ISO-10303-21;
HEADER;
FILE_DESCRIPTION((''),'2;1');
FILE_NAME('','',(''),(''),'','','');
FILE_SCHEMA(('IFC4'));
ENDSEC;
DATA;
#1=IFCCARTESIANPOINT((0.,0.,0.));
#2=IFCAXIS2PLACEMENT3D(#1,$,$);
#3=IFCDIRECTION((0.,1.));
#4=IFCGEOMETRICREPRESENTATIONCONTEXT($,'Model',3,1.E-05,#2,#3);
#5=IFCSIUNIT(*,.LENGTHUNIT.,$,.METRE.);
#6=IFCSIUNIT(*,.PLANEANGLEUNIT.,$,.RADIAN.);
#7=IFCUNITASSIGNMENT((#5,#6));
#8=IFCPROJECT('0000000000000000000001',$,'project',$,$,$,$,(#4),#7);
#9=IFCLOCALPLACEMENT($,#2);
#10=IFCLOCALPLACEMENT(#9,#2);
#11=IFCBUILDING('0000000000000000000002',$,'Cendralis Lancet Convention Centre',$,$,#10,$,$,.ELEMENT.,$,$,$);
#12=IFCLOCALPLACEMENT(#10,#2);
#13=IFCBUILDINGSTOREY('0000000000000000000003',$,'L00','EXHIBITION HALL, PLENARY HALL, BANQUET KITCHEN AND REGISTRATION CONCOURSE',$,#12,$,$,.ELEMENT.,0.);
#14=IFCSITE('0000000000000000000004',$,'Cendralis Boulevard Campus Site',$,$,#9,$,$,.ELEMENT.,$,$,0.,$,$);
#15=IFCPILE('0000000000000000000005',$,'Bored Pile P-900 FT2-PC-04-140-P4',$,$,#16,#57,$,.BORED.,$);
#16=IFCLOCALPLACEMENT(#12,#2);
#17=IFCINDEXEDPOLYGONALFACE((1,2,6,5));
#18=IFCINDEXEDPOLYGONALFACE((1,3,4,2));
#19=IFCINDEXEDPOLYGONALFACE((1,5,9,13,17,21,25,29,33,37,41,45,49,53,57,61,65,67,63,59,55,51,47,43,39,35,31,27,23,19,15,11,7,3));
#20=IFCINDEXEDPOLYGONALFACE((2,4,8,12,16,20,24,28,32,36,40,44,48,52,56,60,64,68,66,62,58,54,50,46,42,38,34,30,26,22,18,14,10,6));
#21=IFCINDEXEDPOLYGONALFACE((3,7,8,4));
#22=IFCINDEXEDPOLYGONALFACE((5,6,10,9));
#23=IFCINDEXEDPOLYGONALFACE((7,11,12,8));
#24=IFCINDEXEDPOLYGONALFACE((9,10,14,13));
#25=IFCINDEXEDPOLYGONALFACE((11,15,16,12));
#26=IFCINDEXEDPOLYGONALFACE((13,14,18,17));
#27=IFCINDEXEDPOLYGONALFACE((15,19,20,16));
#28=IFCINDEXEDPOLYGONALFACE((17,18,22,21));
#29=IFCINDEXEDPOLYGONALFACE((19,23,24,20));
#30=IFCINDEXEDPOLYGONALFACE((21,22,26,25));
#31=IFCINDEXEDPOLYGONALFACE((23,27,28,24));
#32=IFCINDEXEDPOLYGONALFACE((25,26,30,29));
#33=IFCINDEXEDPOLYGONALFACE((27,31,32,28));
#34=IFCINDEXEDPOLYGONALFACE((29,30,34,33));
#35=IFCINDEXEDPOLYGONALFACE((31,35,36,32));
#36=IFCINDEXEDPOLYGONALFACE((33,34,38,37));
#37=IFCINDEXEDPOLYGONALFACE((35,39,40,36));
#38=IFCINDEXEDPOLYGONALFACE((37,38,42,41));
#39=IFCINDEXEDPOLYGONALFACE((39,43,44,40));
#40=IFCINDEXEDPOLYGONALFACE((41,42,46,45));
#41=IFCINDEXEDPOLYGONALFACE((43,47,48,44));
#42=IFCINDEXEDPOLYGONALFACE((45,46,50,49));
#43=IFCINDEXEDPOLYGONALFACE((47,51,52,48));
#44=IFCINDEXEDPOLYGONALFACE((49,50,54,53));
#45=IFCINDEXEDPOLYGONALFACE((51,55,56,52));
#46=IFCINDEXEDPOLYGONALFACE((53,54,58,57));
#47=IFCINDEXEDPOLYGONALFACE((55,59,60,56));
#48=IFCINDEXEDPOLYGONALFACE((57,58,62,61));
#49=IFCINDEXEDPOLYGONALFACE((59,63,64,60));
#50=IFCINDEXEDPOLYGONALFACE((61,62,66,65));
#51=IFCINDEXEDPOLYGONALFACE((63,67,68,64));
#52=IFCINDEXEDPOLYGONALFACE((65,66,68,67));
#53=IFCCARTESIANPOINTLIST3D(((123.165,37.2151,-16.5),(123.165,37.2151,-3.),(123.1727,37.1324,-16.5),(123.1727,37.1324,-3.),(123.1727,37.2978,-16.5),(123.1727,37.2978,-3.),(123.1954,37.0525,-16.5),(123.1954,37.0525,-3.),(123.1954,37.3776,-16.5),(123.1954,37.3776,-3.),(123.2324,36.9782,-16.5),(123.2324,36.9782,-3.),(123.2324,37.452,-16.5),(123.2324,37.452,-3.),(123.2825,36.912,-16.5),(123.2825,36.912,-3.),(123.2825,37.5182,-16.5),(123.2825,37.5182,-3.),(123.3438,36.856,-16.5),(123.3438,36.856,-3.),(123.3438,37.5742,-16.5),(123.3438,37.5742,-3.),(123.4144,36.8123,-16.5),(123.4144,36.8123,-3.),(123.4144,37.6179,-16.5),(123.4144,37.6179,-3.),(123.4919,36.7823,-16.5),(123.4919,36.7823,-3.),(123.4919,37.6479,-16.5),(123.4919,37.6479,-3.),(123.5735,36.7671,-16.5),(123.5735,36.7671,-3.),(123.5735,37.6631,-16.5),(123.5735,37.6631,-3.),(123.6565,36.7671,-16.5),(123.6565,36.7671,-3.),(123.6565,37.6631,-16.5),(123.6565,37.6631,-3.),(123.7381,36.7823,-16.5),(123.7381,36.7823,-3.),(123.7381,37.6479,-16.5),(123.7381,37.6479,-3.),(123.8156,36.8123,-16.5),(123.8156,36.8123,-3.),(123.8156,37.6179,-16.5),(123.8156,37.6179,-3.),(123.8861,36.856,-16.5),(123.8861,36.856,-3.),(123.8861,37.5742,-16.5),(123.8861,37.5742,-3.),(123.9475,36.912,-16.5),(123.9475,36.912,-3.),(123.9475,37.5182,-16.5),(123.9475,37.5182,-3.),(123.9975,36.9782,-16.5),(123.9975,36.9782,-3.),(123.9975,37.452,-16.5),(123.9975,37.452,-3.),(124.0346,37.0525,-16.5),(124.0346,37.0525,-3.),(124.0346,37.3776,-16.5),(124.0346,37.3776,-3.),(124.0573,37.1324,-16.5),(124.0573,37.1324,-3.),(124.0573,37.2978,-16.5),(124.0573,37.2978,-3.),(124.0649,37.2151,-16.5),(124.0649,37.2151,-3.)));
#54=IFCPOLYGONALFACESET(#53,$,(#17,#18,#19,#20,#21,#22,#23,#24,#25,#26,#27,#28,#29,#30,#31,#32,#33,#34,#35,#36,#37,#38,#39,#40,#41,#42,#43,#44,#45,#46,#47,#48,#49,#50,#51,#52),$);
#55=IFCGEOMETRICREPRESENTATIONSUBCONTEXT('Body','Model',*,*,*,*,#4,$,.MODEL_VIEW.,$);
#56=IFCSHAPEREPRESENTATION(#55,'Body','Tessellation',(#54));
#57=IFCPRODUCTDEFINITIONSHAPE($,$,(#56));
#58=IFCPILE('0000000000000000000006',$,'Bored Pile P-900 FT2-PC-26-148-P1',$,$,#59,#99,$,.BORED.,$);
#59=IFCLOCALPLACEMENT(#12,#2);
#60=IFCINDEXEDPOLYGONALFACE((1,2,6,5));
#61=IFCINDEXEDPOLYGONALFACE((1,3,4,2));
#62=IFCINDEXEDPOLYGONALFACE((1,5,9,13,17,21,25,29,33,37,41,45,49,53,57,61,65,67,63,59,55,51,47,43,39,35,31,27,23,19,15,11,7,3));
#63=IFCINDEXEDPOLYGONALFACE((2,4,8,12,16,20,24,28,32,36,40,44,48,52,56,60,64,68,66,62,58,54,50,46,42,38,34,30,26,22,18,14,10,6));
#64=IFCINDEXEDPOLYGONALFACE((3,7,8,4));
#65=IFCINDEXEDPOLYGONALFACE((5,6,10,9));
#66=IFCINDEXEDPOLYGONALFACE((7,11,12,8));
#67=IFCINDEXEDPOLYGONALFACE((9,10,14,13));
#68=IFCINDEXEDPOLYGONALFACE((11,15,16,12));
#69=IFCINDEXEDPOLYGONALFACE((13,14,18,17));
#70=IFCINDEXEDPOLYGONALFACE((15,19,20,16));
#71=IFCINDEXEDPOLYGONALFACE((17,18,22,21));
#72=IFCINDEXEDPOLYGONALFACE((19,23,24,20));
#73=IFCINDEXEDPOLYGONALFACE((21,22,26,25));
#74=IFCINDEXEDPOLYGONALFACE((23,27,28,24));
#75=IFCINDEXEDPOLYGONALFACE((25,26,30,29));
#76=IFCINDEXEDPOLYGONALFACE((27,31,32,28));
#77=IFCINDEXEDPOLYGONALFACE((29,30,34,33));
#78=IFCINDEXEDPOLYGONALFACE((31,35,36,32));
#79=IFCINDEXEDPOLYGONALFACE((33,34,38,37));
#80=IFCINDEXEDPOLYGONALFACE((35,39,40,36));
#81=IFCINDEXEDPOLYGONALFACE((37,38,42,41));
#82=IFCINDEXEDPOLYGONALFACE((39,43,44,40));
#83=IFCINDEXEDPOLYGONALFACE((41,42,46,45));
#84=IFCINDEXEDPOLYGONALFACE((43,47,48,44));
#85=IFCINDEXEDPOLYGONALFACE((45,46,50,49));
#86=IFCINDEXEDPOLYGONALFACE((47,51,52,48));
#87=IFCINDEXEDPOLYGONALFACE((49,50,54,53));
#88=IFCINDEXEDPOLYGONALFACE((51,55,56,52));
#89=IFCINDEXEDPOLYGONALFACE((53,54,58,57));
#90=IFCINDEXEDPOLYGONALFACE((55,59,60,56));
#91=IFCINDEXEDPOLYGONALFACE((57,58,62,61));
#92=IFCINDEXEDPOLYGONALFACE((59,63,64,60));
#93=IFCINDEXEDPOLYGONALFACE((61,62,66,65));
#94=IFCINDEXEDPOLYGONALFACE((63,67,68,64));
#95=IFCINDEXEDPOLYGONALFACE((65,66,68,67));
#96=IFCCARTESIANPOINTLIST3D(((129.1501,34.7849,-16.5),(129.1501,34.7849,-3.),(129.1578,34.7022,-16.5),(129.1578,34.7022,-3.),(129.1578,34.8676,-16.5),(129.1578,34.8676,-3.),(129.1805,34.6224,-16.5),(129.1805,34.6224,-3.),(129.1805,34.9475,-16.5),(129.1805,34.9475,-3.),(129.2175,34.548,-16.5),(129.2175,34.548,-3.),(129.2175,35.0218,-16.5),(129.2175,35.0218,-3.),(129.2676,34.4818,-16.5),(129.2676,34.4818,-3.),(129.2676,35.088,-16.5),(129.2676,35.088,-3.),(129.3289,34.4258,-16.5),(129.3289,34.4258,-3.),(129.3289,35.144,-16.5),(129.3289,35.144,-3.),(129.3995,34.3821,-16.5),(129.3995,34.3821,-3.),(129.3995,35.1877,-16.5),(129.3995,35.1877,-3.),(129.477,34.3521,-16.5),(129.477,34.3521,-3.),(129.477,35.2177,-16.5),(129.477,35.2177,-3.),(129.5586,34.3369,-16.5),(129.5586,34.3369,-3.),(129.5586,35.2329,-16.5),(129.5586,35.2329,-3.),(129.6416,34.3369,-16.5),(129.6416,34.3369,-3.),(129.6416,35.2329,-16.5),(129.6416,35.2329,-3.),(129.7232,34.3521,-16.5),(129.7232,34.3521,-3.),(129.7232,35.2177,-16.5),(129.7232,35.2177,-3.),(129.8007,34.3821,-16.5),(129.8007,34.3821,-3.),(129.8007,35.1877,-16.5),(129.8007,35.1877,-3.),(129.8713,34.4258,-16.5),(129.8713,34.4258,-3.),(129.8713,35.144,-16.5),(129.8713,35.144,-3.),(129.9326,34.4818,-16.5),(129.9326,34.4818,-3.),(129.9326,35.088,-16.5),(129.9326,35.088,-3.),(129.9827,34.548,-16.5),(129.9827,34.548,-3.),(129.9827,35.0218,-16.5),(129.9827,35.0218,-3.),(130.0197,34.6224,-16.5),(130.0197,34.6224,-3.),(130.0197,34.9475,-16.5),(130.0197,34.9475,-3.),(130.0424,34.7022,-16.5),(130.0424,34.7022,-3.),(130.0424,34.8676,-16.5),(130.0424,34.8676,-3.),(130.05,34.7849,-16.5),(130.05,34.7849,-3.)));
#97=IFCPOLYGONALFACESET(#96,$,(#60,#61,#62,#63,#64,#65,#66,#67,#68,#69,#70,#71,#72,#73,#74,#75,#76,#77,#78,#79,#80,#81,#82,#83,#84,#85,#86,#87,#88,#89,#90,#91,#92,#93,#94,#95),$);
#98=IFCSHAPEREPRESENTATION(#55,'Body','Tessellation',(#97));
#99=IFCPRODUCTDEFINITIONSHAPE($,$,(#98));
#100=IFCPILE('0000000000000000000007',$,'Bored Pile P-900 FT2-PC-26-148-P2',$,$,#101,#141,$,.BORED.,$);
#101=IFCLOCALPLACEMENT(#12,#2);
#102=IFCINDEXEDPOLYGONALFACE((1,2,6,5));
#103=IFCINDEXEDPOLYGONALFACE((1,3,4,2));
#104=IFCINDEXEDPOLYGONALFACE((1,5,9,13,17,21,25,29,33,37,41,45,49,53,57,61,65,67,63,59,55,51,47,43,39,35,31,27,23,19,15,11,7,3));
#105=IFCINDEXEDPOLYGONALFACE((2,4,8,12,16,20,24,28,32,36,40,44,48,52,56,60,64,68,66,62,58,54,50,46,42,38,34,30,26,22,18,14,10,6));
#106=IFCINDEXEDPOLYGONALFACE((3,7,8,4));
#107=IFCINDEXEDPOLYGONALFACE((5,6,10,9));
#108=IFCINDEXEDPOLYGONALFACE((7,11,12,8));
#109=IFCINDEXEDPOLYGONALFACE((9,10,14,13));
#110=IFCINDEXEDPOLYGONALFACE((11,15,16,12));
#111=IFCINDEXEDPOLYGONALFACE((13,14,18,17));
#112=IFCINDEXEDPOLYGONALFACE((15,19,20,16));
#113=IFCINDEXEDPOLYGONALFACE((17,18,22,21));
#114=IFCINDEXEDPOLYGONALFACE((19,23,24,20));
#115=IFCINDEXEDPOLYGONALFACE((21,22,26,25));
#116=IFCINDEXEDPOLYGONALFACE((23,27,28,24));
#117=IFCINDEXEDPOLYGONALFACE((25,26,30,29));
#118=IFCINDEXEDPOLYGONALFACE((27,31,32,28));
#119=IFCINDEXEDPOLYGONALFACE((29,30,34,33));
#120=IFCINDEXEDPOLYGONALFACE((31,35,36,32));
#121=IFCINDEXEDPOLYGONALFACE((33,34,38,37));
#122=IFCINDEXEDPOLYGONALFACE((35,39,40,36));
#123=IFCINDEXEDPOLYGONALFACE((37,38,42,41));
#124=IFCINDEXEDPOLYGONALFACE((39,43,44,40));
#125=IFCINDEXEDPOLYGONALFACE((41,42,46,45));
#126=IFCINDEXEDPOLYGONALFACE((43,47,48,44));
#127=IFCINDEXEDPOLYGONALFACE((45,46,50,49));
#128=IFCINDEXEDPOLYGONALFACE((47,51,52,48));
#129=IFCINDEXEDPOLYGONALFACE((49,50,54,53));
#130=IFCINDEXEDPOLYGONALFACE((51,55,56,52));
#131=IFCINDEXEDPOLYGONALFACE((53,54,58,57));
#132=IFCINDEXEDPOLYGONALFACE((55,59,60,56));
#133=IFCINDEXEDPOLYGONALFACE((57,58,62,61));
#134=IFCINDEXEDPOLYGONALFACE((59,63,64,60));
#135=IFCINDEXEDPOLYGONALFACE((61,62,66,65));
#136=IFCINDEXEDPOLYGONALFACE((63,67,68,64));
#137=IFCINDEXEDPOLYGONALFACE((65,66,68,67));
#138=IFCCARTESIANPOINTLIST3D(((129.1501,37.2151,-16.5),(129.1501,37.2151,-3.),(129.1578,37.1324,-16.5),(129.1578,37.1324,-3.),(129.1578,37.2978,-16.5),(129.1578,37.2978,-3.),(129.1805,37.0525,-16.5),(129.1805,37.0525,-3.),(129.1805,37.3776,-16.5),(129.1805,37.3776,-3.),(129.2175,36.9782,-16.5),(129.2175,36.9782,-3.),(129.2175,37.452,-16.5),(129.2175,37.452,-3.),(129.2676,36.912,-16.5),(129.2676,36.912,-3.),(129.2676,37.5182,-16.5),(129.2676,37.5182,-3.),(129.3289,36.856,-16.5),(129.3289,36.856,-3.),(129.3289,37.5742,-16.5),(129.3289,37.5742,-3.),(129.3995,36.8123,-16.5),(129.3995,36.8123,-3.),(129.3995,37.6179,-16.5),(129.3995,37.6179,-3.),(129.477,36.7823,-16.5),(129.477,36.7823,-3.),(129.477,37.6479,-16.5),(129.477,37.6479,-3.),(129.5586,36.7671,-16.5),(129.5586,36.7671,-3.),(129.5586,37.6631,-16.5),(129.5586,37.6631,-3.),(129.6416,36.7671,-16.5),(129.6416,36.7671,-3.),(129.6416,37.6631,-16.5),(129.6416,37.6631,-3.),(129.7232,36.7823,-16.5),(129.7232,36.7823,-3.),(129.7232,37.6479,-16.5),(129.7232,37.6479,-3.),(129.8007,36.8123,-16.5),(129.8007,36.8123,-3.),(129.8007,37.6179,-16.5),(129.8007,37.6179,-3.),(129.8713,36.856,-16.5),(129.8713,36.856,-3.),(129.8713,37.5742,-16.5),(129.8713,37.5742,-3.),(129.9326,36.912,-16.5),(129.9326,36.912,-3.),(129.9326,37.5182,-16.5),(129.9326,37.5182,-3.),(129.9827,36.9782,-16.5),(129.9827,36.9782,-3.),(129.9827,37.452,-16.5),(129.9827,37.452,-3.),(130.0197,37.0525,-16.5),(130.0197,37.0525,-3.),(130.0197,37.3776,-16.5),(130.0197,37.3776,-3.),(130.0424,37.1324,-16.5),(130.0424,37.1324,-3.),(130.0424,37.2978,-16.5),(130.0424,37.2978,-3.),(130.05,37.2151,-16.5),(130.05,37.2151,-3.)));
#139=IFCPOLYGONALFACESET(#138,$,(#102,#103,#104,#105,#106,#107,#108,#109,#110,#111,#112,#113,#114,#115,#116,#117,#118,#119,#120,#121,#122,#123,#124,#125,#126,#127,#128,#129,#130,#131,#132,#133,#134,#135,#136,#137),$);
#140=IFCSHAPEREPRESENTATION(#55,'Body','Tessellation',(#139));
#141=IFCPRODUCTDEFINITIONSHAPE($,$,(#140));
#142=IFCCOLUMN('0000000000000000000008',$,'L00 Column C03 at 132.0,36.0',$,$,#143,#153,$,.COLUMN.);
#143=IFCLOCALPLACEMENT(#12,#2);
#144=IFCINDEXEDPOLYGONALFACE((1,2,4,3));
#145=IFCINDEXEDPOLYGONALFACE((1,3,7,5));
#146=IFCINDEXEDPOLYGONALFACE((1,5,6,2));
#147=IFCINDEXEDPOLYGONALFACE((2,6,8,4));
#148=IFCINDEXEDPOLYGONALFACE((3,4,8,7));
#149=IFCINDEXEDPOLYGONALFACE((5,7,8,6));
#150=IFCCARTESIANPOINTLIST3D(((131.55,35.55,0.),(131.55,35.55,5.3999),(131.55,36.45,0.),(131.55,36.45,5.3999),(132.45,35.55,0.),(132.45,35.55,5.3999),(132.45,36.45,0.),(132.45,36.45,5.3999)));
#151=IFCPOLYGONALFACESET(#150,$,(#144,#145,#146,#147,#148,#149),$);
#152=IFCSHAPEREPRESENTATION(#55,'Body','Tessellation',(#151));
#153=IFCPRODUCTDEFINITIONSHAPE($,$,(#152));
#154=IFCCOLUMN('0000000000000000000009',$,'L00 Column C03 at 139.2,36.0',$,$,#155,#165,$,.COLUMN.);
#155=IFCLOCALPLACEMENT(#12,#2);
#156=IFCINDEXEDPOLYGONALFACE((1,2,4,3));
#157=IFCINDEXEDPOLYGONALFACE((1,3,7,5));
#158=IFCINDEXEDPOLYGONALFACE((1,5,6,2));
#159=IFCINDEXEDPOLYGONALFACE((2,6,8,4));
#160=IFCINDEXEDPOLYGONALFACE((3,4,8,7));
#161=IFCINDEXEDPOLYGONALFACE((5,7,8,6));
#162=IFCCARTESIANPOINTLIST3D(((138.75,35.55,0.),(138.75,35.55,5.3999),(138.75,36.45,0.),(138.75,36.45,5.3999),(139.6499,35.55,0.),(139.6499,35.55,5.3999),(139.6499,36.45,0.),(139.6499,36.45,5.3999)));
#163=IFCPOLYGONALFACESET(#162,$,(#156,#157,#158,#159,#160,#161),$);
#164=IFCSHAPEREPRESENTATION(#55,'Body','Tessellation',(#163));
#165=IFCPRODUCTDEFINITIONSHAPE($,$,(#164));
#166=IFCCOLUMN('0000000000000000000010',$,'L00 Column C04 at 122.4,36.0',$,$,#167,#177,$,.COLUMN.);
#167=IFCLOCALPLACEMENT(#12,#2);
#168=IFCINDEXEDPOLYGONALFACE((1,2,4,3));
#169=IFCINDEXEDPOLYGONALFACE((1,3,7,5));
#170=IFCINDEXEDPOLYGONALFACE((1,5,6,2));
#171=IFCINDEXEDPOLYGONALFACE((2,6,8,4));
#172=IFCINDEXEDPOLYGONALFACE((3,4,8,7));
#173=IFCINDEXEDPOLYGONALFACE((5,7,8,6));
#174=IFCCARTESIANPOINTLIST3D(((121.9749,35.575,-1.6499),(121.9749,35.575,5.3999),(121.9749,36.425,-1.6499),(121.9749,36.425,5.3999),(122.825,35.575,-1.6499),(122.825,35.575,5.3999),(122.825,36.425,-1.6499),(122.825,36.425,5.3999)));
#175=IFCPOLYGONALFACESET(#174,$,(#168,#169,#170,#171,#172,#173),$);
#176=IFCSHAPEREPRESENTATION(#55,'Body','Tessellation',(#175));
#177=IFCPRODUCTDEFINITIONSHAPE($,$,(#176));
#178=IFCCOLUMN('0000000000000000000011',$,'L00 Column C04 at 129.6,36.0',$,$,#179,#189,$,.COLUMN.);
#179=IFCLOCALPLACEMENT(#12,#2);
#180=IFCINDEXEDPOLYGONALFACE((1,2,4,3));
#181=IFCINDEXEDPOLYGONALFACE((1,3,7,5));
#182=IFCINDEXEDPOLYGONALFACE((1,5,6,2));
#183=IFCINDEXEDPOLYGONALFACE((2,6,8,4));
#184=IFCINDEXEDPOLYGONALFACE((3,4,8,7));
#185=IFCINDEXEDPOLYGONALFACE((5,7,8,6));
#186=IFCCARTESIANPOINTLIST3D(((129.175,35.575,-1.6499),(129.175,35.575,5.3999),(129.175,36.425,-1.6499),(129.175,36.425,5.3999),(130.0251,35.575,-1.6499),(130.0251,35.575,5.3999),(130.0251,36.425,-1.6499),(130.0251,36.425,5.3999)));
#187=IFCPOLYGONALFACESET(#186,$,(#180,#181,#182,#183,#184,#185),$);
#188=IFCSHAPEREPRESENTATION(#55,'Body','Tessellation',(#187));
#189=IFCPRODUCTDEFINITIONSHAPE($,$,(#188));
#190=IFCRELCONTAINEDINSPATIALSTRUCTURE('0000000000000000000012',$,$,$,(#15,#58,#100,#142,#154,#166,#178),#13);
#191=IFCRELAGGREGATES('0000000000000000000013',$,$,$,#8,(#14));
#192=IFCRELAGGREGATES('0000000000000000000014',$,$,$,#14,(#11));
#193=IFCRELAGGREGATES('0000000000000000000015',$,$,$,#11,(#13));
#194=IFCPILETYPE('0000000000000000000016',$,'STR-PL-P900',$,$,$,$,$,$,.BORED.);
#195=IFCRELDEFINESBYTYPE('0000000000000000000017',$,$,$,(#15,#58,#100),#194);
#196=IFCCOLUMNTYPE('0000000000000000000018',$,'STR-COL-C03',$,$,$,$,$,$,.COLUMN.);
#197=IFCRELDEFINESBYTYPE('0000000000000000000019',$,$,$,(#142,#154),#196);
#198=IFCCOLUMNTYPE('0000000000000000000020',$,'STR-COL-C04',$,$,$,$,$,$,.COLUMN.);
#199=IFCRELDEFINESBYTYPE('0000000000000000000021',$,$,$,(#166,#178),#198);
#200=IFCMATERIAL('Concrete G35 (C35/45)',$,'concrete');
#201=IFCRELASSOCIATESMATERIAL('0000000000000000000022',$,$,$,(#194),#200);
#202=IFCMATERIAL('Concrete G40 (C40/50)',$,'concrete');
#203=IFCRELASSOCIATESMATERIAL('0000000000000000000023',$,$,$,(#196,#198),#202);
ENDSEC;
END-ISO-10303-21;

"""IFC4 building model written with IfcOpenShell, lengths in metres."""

from ifc_helpers import new_model, si_unit, direction, frame, origin, origin_2d, place, context, subcontext, project, spatial, rectangle, circle, extrude, material, material_profile, profile_set, type_object, element, save


model = new_model("IFC4")

# Units and contexts
model_context = context("Model", 3, precision=1e-05, world=origin(), true_north=direction((0.0, 1.0)))
body_context = subcontext(model_context, "Body", "Model", "MODEL_VIEW")
ifc_project = project(units=[si_unit("LENGTHUNIT", "METRE"), si_unit("PLANEANGLEUNIT", "RADIAN")], contexts=[model_context])

# Site, building, storey
site_placement = place(None, origin())
site = spatial("IfcSite", under=ifc_project, at=site_placement, Name="Cendralis Boulevard Campus Site", CompositionType="ELEMENT", RefElevation=0.0)
building_placement = place(site_placement, origin())
building = spatial("IfcBuilding", under=site, at=building_placement, Name="Cendralis Lancet Convention Centre", CompositionType="ELEMENT")
storey_placement = place(building_placement, origin())
storey = spatial("IfcBuildingStorey", under=building, at=storey_placement, Name="L00", Description="EXHIBITION HALL, PLENARY HALL, BANQUET KITCHEN AND REGISTRATION CONCOURSE", CompositionType="ELEMENT", Elevation=0.0)

# Shared definitions
ifc_material_1 = material(Name="Concrete G35 (C35/45)", Category="concrete")

# Piles
ifc_material_profile_1 = material_profile(ifc_material_1, circle(Radius=0.45, at=origin_2d()), Name="BORED PILE D900")
ifc_profile_set_1 = profile_set([ifc_material_profile_1], Name="Concrete G35 (C35/45)")
pile_type = type_object("IfcPileType", Name="STR-PL-P900", PredefinedType="BORED", material=ifc_profile_set_1)
for number, where, z_axis, x_axis, name in (
    (1, (123.615, 37.2151, -3.0), (0.0, 0.0, -1.0), (1.0, 0.0, 0.0), "Bored Pile P-900 FT2-PC-04-140-P4"),
    (2, (129.6001, 34.7849, -3.0), (0.0, 0.0, -1.0), (1.0, 0.0, 0.0), "Bored Pile P-900 FT2-PC-26-148-P1"),
    (3, (129.6001, 37.2151, -3.0), (0.0, 0.0, -1.0), (1.0, 0.0, 0.0), "Bored Pile P-900 FT2-PC-26-148-P2"),
):
    element("IfcPile", number, at=place(storey_placement, frame(where, z_axis=z_axis, x_axis=x_axis)), inside=storey, type_object=pile_type, Name=name, PredefinedType="BORED", context=body_context, shape_type="SweptSolid", body=[
        extrude(circle(Radius=0.45, at=origin_2d()), origin(), (0.0, 0.0, 1.0), 13.5),
    ])

# Columns
ifc_material_2 = material(Name="Concrete G40 (C40/50)", Category="concrete")
ifc_material_profile_2 = material_profile(ifc_material_2, rectangle(XDim=0.8999, YDim=0.8999, at=origin_2d()), Name="RC 900x900")
ifc_profile_set_2 = profile_set([ifc_material_profile_2], Name="Concrete G40 (C40/50)")
column_type_1 = type_object("IfcColumnType", Name="STR-COL-C03", PredefinedType="COLUMN", material=ifc_profile_set_2)
for number, where, z_axis, x_axis, name in (
    (4, (132.0, 36.0, 0.0), (0.0, 0.0, 1.0), (1.0, 0.0, 0.0), "L00 Column C03 at 132.0,36.0"),
    (5, (139.2, 36.0, 0.0), (0.0, 0.0, 1.0), (1.0, 0.0, 0.0), "L00 Column C03 at 139.2,36.0"),
):
    element("IfcColumn", number, at=place(storey_placement, frame(where, z_axis=z_axis, x_axis=x_axis)), inside=storey, type_object=column_type_1, Name=name, PredefinedType="COLUMN", context=body_context, shape_type="SweptSolid", body=[
        extrude(rectangle(XDim=0.8999, YDim=0.8999, at=origin_2d()), origin(), (0.0, 0.0, 1.0), 5.3999),
    ])
ifc_material_profile_3 = material_profile(ifc_material_2, rectangle(XDim=0.8501, YDim=0.8501, at=origin_2d()), Name="RC 850x850")
ifc_profile_set_3 = profile_set([ifc_material_profile_3], Name="Concrete G40 (C40/50)")
column_type_2 = type_object("IfcColumnType", Name="STR-COL-C04", PredefinedType="COLUMN", material=ifc_profile_set_3)
for number, where, z_axis, x_axis, name in (
    (6, (122.3999, 36.0, -1.6499), (0.0, 0.0, 1.0), (1.0, 0.0, 0.0), "L00 Column C04 at 122.4,36.0"),
    (7, (129.6001, 36.0, -1.6499), (0.0, 0.0, 1.0), (1.0, 0.0, 0.0), "L00 Column C04 at 129.6,36.0"),
):
    element("IfcColumn", number, at=place(storey_placement, frame(where, z_axis=z_axis, x_axis=x_axis)), inside=storey, type_object=column_type_2, Name=name, PredefinedType="COLUMN", context=body_context, shape_type="SweptSolid", body=[
        extrude(rectangle(XDim=0.8501, YDim=0.8501, at=origin_2d()), origin(), (0.0, 0.0, 1.0), 7.0498),
    ])

save(model, "model.ifc")
